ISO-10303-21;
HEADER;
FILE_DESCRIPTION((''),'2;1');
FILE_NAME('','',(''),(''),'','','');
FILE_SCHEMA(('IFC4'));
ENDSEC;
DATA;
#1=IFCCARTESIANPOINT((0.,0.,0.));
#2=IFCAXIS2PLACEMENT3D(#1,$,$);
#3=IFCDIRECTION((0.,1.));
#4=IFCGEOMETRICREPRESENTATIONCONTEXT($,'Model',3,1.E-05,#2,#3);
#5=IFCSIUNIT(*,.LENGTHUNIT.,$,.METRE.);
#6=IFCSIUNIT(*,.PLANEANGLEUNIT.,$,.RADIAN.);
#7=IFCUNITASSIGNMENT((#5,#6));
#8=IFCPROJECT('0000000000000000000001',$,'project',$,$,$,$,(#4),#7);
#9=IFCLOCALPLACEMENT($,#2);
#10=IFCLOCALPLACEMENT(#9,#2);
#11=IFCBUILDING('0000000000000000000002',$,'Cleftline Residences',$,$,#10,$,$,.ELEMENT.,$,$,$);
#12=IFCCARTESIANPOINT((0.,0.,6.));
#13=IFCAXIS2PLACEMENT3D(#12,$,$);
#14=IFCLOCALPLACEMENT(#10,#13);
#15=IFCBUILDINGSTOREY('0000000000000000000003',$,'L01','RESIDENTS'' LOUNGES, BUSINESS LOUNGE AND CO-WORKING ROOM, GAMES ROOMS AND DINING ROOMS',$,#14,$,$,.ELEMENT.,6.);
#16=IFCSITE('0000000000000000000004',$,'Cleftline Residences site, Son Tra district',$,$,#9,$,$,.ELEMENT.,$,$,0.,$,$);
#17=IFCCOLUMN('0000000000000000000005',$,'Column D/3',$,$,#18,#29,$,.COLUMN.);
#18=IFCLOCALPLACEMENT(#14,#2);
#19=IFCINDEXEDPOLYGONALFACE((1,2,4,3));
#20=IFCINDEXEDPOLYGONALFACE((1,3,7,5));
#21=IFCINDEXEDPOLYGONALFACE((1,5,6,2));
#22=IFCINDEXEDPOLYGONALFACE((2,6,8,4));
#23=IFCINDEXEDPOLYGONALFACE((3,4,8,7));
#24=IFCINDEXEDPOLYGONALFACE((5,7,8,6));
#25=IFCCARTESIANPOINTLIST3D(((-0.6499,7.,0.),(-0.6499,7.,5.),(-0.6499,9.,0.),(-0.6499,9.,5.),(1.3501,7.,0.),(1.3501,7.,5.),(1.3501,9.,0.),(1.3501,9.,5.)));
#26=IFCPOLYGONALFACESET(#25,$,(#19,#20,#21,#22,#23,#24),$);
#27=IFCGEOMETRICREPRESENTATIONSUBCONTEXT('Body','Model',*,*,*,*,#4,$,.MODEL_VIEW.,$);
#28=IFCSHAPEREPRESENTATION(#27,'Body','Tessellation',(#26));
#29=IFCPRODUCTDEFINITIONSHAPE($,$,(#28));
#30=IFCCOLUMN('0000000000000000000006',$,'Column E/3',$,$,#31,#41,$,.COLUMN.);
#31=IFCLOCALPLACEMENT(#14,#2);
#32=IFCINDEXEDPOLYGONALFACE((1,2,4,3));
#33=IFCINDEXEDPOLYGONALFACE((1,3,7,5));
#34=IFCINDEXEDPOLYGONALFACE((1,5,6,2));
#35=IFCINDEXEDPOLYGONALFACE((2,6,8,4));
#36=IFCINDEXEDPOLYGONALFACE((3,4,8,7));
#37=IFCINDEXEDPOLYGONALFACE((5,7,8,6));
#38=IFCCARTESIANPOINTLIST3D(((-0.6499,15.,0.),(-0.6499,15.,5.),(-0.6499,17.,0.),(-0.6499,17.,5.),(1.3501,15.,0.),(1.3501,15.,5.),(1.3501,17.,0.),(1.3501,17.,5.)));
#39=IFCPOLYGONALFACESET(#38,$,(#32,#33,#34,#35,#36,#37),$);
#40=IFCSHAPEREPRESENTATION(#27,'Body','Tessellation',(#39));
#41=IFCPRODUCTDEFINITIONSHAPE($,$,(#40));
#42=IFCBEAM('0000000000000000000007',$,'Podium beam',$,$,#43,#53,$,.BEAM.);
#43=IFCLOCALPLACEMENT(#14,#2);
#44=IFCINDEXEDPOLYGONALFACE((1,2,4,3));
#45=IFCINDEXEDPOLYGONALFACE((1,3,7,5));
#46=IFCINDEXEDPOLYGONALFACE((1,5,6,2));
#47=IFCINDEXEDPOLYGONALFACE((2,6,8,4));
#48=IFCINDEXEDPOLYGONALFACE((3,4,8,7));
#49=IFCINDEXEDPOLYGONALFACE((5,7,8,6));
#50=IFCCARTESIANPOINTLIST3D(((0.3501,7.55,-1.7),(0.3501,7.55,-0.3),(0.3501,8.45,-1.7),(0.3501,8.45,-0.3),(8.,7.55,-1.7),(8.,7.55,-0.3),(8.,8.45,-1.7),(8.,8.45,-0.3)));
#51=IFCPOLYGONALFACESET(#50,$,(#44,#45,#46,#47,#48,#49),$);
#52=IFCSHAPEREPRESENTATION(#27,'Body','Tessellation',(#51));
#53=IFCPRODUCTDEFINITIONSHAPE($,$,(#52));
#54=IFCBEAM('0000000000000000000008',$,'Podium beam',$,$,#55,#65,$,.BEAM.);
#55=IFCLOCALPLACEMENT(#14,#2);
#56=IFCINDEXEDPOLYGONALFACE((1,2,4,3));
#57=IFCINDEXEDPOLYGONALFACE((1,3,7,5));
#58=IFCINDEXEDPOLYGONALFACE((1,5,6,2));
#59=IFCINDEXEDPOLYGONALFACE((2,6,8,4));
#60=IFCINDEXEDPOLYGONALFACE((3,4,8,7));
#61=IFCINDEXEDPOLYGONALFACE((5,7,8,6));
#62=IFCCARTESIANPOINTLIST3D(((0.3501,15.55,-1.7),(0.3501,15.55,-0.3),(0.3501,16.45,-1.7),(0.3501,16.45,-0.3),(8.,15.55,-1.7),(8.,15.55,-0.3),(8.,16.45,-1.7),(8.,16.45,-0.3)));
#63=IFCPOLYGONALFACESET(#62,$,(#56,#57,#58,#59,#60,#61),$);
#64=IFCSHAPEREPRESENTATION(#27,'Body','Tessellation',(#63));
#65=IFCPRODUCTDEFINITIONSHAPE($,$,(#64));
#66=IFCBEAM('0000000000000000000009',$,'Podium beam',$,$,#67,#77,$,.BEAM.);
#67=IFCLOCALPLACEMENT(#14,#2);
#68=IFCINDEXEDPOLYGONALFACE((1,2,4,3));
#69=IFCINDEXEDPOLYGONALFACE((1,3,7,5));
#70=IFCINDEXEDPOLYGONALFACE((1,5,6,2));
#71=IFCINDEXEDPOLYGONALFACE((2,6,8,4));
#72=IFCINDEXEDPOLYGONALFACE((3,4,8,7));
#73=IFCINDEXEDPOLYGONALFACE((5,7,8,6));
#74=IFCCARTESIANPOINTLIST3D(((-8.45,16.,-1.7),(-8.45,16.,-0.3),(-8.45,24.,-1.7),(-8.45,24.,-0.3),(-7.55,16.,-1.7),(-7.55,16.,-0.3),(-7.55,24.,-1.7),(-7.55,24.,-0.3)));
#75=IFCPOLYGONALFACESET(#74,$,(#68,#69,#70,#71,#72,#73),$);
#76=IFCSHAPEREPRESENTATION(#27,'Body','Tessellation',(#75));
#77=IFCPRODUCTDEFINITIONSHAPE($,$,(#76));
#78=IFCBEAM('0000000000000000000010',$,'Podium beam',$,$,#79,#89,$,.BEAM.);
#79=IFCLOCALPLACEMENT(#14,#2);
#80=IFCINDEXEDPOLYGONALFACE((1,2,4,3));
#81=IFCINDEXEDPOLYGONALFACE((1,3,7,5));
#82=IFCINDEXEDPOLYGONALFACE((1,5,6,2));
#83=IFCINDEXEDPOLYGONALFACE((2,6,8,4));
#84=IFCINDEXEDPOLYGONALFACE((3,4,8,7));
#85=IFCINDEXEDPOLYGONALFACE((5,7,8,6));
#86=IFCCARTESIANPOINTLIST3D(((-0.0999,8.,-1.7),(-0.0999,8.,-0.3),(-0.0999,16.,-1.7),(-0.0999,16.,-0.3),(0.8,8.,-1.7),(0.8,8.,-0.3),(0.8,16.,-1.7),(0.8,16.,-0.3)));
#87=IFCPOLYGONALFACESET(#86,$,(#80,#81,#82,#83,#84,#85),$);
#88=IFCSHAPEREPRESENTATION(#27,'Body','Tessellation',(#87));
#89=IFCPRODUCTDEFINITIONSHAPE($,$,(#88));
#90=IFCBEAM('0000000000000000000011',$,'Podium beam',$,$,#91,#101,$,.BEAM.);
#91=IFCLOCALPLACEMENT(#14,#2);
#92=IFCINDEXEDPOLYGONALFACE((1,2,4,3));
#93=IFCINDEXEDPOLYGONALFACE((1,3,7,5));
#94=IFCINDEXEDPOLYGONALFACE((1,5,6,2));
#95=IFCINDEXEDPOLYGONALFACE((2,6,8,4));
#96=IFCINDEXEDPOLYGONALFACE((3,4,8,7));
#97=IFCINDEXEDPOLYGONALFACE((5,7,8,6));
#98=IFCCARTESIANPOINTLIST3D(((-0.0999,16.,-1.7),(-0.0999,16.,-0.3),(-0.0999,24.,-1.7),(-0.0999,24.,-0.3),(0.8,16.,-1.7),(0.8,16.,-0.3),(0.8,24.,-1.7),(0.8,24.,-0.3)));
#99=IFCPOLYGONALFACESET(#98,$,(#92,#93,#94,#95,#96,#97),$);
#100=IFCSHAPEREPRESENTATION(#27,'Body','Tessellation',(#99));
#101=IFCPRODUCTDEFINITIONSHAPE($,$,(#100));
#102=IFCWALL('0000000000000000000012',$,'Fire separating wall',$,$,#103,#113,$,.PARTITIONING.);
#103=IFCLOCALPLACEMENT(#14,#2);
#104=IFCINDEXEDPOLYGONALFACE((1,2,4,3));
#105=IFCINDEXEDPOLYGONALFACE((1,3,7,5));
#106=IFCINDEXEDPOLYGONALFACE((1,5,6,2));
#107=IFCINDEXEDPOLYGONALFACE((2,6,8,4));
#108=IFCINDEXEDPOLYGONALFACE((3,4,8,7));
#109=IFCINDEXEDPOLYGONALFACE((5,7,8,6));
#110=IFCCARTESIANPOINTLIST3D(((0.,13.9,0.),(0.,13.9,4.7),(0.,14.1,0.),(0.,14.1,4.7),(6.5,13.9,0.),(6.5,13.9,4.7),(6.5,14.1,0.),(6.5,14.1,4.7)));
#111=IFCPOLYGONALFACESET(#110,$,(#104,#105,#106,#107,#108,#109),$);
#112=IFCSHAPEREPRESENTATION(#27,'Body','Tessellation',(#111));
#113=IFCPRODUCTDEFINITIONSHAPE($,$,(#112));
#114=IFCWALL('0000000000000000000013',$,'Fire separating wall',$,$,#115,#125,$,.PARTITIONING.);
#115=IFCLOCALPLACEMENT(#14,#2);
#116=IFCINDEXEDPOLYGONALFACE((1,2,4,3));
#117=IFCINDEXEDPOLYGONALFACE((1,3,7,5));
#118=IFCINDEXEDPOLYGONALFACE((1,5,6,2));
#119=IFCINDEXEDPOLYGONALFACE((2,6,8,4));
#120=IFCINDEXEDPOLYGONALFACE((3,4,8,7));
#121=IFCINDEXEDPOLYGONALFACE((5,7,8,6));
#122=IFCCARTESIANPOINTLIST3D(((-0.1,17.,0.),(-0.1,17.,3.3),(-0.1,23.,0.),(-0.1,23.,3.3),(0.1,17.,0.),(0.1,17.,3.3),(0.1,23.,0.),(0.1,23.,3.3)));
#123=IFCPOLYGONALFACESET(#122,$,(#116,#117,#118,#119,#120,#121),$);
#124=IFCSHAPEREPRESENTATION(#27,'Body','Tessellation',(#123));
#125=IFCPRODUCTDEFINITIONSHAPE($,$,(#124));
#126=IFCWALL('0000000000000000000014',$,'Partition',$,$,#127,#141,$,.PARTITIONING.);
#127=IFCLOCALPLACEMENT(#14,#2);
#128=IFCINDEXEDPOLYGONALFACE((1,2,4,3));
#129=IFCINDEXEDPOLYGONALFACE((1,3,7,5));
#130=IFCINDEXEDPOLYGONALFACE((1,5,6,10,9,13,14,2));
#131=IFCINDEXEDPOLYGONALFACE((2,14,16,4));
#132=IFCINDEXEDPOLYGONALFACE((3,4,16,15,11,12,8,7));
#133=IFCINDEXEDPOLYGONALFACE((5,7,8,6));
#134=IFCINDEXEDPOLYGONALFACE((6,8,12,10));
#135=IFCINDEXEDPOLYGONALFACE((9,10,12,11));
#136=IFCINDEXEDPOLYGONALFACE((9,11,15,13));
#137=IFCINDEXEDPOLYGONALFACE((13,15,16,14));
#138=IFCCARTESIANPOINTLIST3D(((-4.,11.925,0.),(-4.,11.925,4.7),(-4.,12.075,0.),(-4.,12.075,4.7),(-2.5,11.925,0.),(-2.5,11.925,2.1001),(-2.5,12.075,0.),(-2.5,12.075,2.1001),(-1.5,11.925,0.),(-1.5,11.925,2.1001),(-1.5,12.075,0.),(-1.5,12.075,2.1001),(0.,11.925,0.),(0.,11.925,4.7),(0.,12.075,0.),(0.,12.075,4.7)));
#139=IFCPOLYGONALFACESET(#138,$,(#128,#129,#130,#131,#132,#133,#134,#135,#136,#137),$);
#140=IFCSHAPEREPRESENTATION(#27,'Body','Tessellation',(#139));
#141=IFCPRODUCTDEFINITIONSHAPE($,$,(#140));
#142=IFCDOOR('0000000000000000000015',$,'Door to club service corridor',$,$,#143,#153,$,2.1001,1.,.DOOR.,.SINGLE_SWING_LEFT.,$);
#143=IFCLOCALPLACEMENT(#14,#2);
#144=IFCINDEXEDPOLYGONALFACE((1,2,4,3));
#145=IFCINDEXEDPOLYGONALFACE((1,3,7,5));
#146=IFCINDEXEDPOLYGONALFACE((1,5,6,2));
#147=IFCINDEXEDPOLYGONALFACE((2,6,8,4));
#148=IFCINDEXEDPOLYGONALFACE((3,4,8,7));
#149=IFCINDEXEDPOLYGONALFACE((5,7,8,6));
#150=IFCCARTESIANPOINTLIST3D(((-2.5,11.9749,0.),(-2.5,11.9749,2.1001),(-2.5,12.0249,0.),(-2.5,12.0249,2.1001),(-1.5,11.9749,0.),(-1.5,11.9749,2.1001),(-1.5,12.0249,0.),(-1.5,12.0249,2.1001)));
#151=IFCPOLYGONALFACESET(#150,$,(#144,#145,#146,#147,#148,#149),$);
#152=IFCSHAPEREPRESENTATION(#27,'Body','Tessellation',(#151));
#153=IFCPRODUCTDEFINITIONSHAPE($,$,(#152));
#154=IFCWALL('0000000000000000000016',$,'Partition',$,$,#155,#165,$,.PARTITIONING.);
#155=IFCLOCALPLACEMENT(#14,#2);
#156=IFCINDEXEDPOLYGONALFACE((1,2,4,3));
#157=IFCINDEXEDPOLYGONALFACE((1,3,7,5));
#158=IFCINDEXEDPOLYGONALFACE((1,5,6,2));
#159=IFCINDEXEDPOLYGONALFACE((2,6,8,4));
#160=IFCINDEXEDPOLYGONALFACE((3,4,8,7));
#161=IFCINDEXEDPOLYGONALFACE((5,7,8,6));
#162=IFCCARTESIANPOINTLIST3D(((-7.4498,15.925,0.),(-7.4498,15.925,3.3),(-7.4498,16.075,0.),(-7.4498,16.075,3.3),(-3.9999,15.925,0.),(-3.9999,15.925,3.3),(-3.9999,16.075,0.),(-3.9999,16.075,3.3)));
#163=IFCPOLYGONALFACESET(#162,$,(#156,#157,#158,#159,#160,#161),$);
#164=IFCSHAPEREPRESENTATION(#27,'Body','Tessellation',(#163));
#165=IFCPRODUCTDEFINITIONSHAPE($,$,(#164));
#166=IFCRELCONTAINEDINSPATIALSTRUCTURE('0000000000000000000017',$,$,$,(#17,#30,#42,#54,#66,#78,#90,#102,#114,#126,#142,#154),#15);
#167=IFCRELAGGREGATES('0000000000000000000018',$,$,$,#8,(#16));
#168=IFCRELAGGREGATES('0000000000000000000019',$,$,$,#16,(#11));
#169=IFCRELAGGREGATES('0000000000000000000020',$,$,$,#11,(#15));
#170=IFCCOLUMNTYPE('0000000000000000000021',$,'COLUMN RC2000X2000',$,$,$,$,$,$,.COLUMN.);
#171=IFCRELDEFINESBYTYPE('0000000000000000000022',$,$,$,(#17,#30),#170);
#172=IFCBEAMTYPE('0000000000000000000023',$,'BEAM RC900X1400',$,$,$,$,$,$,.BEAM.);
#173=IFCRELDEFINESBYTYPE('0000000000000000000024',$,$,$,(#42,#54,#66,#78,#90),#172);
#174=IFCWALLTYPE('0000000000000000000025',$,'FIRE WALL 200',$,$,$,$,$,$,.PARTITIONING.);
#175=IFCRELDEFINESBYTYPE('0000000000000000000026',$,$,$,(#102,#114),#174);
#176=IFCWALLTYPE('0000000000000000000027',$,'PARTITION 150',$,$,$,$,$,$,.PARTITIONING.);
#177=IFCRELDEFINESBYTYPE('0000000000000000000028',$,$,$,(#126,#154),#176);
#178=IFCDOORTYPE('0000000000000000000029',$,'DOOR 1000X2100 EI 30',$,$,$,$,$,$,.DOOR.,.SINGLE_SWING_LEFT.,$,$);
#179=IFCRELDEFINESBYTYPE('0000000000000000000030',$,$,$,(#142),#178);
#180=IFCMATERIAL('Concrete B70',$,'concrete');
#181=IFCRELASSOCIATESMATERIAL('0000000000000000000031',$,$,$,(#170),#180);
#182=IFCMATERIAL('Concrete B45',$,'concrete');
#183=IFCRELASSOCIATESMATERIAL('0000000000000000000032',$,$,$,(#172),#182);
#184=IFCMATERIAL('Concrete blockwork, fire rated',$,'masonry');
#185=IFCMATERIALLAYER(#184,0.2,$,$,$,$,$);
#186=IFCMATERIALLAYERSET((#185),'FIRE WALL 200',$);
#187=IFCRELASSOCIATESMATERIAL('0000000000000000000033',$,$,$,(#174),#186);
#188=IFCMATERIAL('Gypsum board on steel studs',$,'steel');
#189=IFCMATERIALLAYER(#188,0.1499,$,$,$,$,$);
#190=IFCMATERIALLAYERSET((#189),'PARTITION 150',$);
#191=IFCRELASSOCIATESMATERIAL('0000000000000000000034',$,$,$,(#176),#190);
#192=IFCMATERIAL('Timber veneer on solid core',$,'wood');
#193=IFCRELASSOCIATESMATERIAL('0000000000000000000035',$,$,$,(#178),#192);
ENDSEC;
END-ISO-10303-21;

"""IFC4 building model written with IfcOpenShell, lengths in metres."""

from ifc_helpers import new_model, si_unit, direction, frame, frame_2d, origin, origin_2d, place, context, subcontext, project, spatial, rectangle, extrude, material, layer, layer_set, material_profile, profile_set, type_object, element, fill, save


model = new_model("IFC4")

# Units and contexts
model_context = context("Model", 3, precision=1e-05, world=origin(), true_north=direction((0.0, 1.0)))
body_context = subcontext(model_context, "Body", "Model", "MODEL_VIEW")
ifc_project = project(units=[si_unit("LENGTHUNIT", "METRE"), si_unit("PLANEANGLEUNIT", "RADIAN")], contexts=[model_context])

# Site, building, storey
site_placement = place(None, origin())
site = spatial("IfcSite", under=ifc_project, at=site_placement, Name="Cleftline Residences site, Son Tra district", CompositionType="ELEMENT", RefElevation=0.0)
building_placement = place(site_placement, origin())
building = spatial("IfcBuilding", under=site, at=building_placement, Name="Cleftline Residences", CompositionType="ELEMENT")
storey_placement = place(building_placement, frame((0.0, 0.0, 6.0)))
storey = spatial("IfcBuildingStorey", under=building, at=storey_placement, Name="L01", Description="RESIDENTS' LOUNGES, BUSINESS LOUNGE AND CO-WORKING ROOM, GAMES ROOMS AND DINING ROOMS", CompositionType="ELEMENT", Elevation=6.0)

# Columns
ifc_material_1 = material(Name="Concrete B70", Category="concrete")
ifc_material_profile_1 = material_profile(ifc_material_1, rectangle(XDim=2.0, YDim=2.0, at=origin_2d()))
ifc_profile_set_1 = profile_set([ifc_material_profile_1], Name="Concrete B70")
column_type = type_object("IfcColumnType", Name="COLUMN RC2000X2000", PredefinedType="COLUMN", material=ifc_profile_set_1)
for number, where, z_axis, x_axis, name in (
    (1, (0.3501, 8.0, 0.0), (0.0, 0.0, 1.0), (1.0, 0.0, 0.0), "Column D/3"),
    (2, (0.3501, 16.0, 0.0), (0.0, 0.0, 1.0), (1.0, 0.0, 0.0), "Column E/3"),
):
    element("IfcColumn", number, at=place(storey_placement, frame(where, z_axis=z_axis, x_axis=x_axis)), inside=storey, type_object=column_type, Name=name, PredefinedType="COLUMN", context=body_context, shape_type="SweptSolid", body=[
        extrude(rectangle(XDim=2.0, YDim=2.0, at=origin_2d()), origin(), (0.0, 0.0, 1.0), 5.0),
    ])

# Beams
ifc_material_2 = material(Name="Concrete B45", Category="concrete")
ifc_material_profile_2 = material_profile(ifc_material_2, rectangle(XDim=0.8999, YDim=1.3999, at=origin_2d()))
ifc_profile_set_2 = profile_set([ifc_material_profile_2], Name="Concrete B45")
beam_type = type_object("IfcBeamType", Name="BEAM RC900X1400", PredefinedType="BEAM", material=ifc_profile_set_2)
for number, where, z_axis, x_axis, name in (
    (3, (0.3501, 8.0, -1.0), (1.0, 0.0, 0.0), (0.0, 1.0, 0.0), "Podium beam"),
    (4, (0.3501, 16.0, -1.0), (1.0, 0.0, 0.0), (0.0, 1.0, 0.0), "Podium beam"),
):
    element("IfcBeam", number, at=place(storey_placement, frame(where, z_axis=z_axis, x_axis=x_axis)), inside=storey, type_object=beam_type, Name=name, PredefinedType="BEAM", context=body_context, shape_type="SweptSolid", body=[
        extrude(rectangle(XDim=0.8999, YDim=1.3999, at=origin_2d()), origin(), (0.0, 0.0, 1.0), 7.6499),
    ])
for number, where, z_axis, x_axis, name in (
    (5, (-8.0, 16.0, -1.0), (0.0, 1.0, 0.0), (-1.0, 0.0, 0.0), "Podium beam"),
    (6, (0.3501, 8.0, -1.0), (0.0, 1.0, 0.0), (-1.0, 0.0, 0.0), "Podium beam"),
    (7, (0.3501, 16.0, -1.0), (0.0, 1.0, 0.0), (-1.0, 0.0, 0.0), "Podium beam"),
):
    element("IfcBeam", number, at=place(storey_placement, frame(where, z_axis=z_axis, x_axis=x_axis)), inside=storey, type_object=beam_type, Name=name, PredefinedType="BEAM", context=body_context, shape_type="SweptSolid", body=[
        extrude(rectangle(XDim=0.8999, YDim=1.3999, at=origin_2d()), origin(), (0.0, 0.0, 1.0), 8.0),
    ])

# Walls
ifc_material_3 = material(Name="Concrete blockwork, fire rated", Category="masonry")
ifc_layer_1 = layer(ifc_material_3, 0.2)
ifc_layer_set_1 = layer_set([ifc_layer_1], Name="FIRE WALL 200")
wall_type_1 = type_object("IfcWallType", Name="FIRE WALL 200", PredefinedType="PARTITIONING", material=ifc_layer_set_1)
wall_1_placement = place(storey_placement, frame((0.0, 14.0, 0.0), z_axis=(0.0, 0.0, 1.0), x_axis=(1.0, 0.0, 0.0)))
element("IfcWall", 8, at=wall_1_placement, inside=storey, type_object=wall_type_1, Name="Fire separating wall", PredefinedType="PARTITIONING", context=body_context, shape_type="SweptSolid", body=[
    extrude(rectangle(XDim=6.5, YDim=0.2, at=frame_2d((3.25, 0.0))), origin(), (0.0, 0.0, 1.0), 4.7),
])
wall_2_placement = place(storey_placement, frame((0.0, 17.0, 0.0), z_axis=(0.0, 0.0, 1.0), x_axis=(0.0, 1.0, 0.0)))
element("IfcWall", 9, at=wall_2_placement, inside=storey, type_object=wall_type_1, Name="Fire separating wall", PredefinedType="PARTITIONING", context=body_context, shape_type="SweptSolid", body=[
    extrude(rectangle(XDim=6.0, YDim=0.2, at=frame_2d((3.0, 0.0))), origin(), (0.0, 0.0, 1.0), 3.3),
])

# Wall, opening, door
ifc_material_4 = material(Name="Gypsum board on steel studs", Category="steel")
ifc_layer_2 = layer(ifc_material_4, 0.1499)
ifc_layer_set_2 = layer_set([ifc_layer_2], Name="PARTITION 150")
wall_type_2 = type_object("IfcWallType", Name="PARTITION 150", PredefinedType="PARTITIONING", material=ifc_layer_set_2)
wall_3_placement = place(storey_placement, frame((-4.0, 12.0, 0.0), z_axis=(0.0, 0.0, 1.0), x_axis=(1.0, 0.0, 0.0)))
wall_3 = element("IfcWall", 10, at=wall_3_placement, inside=storey, type_object=wall_type_2, Name="Partition", PredefinedType="PARTITIONING", context=body_context, shape_type="SweptSolid", body=[
    extrude(rectangle(XDim=4.0, YDim=0.1499, at=frame_2d((2.0, 0.0))), origin(), (0.0, 0.0, 1.0), 4.7),
])
opening_1_placement = place(wall_3_placement, frame((1.5, 0.0, 0.0)))
opening_1 = element("IfcOpeningElement", 11, at=opening_1_placement, cuts=wall_3, PredefinedType="OPENING", context=body_context, shape_type="SweptSolid", body=[
    extrude(rectangle(XDim=1.0, YDim=2.1001, at=frame_2d((0.5, 1.05))), frame((0.0, 0.085, 0.0), z_axis=(0.0, -1.0, 0.0), x_axis=(1.0, 0.0, 0.0)), (0.0, 0.0, 1.0), 0.1699),
])
ifc_material_5 = material(Name="Timber veneer on solid core", Category="wood")
door_type_1 = type_object("IfcDoorType", Name="DOOR 1000X2100 EI 30", OperationType="SINGLE_SWING_LEFT", PredefinedType="DOOR", material=ifc_material_5)
door_1_placement = place(opening_1_placement, origin())
door_1 = element("IfcDoor", 12, at=door_1_placement, inside=storey, type_object=door_type_1, Name="Door to club service corridor", OperationType="SINGLE_SWING_LEFT", OverallHeight=2.1001, OverallWidth=1.0, PredefinedType="DOOR", context=body_context, shape_type="SweptSolid", body=[
    extrude(rectangle(XDim=1.0, YDim=2.1001, at=frame_2d((0.5, 1.05))), frame((0.0, 0.0249, 0.0), z_axis=(0.0, -1.0, 0.0), x_axis=(1.0, 0.0, 0.0)), (0.0, 0.0, 1.0), 0.05),
])
fill(opening_1, door_1)

# Wall
wall_4_placement = place(storey_placement, frame((-7.45, 16.0, 0.0), z_axis=(0.0, 0.0, 1.0), x_axis=(1.0, 0.0, 0.0)))
element("IfcWall", 13, at=wall_4_placement, inside=storey, type_object=wall_type_2, Name="Partition", PredefinedType="PARTITIONING", context=body_context, shape_type="SweptSolid", body=[
    extrude(rectangle(XDim=3.45, YDim=0.1499, at=frame_2d((1.7251, 0.0))), origin(), (0.0, 0.0, 1.0), 3.3),
])

save(model, "model.ifc")
